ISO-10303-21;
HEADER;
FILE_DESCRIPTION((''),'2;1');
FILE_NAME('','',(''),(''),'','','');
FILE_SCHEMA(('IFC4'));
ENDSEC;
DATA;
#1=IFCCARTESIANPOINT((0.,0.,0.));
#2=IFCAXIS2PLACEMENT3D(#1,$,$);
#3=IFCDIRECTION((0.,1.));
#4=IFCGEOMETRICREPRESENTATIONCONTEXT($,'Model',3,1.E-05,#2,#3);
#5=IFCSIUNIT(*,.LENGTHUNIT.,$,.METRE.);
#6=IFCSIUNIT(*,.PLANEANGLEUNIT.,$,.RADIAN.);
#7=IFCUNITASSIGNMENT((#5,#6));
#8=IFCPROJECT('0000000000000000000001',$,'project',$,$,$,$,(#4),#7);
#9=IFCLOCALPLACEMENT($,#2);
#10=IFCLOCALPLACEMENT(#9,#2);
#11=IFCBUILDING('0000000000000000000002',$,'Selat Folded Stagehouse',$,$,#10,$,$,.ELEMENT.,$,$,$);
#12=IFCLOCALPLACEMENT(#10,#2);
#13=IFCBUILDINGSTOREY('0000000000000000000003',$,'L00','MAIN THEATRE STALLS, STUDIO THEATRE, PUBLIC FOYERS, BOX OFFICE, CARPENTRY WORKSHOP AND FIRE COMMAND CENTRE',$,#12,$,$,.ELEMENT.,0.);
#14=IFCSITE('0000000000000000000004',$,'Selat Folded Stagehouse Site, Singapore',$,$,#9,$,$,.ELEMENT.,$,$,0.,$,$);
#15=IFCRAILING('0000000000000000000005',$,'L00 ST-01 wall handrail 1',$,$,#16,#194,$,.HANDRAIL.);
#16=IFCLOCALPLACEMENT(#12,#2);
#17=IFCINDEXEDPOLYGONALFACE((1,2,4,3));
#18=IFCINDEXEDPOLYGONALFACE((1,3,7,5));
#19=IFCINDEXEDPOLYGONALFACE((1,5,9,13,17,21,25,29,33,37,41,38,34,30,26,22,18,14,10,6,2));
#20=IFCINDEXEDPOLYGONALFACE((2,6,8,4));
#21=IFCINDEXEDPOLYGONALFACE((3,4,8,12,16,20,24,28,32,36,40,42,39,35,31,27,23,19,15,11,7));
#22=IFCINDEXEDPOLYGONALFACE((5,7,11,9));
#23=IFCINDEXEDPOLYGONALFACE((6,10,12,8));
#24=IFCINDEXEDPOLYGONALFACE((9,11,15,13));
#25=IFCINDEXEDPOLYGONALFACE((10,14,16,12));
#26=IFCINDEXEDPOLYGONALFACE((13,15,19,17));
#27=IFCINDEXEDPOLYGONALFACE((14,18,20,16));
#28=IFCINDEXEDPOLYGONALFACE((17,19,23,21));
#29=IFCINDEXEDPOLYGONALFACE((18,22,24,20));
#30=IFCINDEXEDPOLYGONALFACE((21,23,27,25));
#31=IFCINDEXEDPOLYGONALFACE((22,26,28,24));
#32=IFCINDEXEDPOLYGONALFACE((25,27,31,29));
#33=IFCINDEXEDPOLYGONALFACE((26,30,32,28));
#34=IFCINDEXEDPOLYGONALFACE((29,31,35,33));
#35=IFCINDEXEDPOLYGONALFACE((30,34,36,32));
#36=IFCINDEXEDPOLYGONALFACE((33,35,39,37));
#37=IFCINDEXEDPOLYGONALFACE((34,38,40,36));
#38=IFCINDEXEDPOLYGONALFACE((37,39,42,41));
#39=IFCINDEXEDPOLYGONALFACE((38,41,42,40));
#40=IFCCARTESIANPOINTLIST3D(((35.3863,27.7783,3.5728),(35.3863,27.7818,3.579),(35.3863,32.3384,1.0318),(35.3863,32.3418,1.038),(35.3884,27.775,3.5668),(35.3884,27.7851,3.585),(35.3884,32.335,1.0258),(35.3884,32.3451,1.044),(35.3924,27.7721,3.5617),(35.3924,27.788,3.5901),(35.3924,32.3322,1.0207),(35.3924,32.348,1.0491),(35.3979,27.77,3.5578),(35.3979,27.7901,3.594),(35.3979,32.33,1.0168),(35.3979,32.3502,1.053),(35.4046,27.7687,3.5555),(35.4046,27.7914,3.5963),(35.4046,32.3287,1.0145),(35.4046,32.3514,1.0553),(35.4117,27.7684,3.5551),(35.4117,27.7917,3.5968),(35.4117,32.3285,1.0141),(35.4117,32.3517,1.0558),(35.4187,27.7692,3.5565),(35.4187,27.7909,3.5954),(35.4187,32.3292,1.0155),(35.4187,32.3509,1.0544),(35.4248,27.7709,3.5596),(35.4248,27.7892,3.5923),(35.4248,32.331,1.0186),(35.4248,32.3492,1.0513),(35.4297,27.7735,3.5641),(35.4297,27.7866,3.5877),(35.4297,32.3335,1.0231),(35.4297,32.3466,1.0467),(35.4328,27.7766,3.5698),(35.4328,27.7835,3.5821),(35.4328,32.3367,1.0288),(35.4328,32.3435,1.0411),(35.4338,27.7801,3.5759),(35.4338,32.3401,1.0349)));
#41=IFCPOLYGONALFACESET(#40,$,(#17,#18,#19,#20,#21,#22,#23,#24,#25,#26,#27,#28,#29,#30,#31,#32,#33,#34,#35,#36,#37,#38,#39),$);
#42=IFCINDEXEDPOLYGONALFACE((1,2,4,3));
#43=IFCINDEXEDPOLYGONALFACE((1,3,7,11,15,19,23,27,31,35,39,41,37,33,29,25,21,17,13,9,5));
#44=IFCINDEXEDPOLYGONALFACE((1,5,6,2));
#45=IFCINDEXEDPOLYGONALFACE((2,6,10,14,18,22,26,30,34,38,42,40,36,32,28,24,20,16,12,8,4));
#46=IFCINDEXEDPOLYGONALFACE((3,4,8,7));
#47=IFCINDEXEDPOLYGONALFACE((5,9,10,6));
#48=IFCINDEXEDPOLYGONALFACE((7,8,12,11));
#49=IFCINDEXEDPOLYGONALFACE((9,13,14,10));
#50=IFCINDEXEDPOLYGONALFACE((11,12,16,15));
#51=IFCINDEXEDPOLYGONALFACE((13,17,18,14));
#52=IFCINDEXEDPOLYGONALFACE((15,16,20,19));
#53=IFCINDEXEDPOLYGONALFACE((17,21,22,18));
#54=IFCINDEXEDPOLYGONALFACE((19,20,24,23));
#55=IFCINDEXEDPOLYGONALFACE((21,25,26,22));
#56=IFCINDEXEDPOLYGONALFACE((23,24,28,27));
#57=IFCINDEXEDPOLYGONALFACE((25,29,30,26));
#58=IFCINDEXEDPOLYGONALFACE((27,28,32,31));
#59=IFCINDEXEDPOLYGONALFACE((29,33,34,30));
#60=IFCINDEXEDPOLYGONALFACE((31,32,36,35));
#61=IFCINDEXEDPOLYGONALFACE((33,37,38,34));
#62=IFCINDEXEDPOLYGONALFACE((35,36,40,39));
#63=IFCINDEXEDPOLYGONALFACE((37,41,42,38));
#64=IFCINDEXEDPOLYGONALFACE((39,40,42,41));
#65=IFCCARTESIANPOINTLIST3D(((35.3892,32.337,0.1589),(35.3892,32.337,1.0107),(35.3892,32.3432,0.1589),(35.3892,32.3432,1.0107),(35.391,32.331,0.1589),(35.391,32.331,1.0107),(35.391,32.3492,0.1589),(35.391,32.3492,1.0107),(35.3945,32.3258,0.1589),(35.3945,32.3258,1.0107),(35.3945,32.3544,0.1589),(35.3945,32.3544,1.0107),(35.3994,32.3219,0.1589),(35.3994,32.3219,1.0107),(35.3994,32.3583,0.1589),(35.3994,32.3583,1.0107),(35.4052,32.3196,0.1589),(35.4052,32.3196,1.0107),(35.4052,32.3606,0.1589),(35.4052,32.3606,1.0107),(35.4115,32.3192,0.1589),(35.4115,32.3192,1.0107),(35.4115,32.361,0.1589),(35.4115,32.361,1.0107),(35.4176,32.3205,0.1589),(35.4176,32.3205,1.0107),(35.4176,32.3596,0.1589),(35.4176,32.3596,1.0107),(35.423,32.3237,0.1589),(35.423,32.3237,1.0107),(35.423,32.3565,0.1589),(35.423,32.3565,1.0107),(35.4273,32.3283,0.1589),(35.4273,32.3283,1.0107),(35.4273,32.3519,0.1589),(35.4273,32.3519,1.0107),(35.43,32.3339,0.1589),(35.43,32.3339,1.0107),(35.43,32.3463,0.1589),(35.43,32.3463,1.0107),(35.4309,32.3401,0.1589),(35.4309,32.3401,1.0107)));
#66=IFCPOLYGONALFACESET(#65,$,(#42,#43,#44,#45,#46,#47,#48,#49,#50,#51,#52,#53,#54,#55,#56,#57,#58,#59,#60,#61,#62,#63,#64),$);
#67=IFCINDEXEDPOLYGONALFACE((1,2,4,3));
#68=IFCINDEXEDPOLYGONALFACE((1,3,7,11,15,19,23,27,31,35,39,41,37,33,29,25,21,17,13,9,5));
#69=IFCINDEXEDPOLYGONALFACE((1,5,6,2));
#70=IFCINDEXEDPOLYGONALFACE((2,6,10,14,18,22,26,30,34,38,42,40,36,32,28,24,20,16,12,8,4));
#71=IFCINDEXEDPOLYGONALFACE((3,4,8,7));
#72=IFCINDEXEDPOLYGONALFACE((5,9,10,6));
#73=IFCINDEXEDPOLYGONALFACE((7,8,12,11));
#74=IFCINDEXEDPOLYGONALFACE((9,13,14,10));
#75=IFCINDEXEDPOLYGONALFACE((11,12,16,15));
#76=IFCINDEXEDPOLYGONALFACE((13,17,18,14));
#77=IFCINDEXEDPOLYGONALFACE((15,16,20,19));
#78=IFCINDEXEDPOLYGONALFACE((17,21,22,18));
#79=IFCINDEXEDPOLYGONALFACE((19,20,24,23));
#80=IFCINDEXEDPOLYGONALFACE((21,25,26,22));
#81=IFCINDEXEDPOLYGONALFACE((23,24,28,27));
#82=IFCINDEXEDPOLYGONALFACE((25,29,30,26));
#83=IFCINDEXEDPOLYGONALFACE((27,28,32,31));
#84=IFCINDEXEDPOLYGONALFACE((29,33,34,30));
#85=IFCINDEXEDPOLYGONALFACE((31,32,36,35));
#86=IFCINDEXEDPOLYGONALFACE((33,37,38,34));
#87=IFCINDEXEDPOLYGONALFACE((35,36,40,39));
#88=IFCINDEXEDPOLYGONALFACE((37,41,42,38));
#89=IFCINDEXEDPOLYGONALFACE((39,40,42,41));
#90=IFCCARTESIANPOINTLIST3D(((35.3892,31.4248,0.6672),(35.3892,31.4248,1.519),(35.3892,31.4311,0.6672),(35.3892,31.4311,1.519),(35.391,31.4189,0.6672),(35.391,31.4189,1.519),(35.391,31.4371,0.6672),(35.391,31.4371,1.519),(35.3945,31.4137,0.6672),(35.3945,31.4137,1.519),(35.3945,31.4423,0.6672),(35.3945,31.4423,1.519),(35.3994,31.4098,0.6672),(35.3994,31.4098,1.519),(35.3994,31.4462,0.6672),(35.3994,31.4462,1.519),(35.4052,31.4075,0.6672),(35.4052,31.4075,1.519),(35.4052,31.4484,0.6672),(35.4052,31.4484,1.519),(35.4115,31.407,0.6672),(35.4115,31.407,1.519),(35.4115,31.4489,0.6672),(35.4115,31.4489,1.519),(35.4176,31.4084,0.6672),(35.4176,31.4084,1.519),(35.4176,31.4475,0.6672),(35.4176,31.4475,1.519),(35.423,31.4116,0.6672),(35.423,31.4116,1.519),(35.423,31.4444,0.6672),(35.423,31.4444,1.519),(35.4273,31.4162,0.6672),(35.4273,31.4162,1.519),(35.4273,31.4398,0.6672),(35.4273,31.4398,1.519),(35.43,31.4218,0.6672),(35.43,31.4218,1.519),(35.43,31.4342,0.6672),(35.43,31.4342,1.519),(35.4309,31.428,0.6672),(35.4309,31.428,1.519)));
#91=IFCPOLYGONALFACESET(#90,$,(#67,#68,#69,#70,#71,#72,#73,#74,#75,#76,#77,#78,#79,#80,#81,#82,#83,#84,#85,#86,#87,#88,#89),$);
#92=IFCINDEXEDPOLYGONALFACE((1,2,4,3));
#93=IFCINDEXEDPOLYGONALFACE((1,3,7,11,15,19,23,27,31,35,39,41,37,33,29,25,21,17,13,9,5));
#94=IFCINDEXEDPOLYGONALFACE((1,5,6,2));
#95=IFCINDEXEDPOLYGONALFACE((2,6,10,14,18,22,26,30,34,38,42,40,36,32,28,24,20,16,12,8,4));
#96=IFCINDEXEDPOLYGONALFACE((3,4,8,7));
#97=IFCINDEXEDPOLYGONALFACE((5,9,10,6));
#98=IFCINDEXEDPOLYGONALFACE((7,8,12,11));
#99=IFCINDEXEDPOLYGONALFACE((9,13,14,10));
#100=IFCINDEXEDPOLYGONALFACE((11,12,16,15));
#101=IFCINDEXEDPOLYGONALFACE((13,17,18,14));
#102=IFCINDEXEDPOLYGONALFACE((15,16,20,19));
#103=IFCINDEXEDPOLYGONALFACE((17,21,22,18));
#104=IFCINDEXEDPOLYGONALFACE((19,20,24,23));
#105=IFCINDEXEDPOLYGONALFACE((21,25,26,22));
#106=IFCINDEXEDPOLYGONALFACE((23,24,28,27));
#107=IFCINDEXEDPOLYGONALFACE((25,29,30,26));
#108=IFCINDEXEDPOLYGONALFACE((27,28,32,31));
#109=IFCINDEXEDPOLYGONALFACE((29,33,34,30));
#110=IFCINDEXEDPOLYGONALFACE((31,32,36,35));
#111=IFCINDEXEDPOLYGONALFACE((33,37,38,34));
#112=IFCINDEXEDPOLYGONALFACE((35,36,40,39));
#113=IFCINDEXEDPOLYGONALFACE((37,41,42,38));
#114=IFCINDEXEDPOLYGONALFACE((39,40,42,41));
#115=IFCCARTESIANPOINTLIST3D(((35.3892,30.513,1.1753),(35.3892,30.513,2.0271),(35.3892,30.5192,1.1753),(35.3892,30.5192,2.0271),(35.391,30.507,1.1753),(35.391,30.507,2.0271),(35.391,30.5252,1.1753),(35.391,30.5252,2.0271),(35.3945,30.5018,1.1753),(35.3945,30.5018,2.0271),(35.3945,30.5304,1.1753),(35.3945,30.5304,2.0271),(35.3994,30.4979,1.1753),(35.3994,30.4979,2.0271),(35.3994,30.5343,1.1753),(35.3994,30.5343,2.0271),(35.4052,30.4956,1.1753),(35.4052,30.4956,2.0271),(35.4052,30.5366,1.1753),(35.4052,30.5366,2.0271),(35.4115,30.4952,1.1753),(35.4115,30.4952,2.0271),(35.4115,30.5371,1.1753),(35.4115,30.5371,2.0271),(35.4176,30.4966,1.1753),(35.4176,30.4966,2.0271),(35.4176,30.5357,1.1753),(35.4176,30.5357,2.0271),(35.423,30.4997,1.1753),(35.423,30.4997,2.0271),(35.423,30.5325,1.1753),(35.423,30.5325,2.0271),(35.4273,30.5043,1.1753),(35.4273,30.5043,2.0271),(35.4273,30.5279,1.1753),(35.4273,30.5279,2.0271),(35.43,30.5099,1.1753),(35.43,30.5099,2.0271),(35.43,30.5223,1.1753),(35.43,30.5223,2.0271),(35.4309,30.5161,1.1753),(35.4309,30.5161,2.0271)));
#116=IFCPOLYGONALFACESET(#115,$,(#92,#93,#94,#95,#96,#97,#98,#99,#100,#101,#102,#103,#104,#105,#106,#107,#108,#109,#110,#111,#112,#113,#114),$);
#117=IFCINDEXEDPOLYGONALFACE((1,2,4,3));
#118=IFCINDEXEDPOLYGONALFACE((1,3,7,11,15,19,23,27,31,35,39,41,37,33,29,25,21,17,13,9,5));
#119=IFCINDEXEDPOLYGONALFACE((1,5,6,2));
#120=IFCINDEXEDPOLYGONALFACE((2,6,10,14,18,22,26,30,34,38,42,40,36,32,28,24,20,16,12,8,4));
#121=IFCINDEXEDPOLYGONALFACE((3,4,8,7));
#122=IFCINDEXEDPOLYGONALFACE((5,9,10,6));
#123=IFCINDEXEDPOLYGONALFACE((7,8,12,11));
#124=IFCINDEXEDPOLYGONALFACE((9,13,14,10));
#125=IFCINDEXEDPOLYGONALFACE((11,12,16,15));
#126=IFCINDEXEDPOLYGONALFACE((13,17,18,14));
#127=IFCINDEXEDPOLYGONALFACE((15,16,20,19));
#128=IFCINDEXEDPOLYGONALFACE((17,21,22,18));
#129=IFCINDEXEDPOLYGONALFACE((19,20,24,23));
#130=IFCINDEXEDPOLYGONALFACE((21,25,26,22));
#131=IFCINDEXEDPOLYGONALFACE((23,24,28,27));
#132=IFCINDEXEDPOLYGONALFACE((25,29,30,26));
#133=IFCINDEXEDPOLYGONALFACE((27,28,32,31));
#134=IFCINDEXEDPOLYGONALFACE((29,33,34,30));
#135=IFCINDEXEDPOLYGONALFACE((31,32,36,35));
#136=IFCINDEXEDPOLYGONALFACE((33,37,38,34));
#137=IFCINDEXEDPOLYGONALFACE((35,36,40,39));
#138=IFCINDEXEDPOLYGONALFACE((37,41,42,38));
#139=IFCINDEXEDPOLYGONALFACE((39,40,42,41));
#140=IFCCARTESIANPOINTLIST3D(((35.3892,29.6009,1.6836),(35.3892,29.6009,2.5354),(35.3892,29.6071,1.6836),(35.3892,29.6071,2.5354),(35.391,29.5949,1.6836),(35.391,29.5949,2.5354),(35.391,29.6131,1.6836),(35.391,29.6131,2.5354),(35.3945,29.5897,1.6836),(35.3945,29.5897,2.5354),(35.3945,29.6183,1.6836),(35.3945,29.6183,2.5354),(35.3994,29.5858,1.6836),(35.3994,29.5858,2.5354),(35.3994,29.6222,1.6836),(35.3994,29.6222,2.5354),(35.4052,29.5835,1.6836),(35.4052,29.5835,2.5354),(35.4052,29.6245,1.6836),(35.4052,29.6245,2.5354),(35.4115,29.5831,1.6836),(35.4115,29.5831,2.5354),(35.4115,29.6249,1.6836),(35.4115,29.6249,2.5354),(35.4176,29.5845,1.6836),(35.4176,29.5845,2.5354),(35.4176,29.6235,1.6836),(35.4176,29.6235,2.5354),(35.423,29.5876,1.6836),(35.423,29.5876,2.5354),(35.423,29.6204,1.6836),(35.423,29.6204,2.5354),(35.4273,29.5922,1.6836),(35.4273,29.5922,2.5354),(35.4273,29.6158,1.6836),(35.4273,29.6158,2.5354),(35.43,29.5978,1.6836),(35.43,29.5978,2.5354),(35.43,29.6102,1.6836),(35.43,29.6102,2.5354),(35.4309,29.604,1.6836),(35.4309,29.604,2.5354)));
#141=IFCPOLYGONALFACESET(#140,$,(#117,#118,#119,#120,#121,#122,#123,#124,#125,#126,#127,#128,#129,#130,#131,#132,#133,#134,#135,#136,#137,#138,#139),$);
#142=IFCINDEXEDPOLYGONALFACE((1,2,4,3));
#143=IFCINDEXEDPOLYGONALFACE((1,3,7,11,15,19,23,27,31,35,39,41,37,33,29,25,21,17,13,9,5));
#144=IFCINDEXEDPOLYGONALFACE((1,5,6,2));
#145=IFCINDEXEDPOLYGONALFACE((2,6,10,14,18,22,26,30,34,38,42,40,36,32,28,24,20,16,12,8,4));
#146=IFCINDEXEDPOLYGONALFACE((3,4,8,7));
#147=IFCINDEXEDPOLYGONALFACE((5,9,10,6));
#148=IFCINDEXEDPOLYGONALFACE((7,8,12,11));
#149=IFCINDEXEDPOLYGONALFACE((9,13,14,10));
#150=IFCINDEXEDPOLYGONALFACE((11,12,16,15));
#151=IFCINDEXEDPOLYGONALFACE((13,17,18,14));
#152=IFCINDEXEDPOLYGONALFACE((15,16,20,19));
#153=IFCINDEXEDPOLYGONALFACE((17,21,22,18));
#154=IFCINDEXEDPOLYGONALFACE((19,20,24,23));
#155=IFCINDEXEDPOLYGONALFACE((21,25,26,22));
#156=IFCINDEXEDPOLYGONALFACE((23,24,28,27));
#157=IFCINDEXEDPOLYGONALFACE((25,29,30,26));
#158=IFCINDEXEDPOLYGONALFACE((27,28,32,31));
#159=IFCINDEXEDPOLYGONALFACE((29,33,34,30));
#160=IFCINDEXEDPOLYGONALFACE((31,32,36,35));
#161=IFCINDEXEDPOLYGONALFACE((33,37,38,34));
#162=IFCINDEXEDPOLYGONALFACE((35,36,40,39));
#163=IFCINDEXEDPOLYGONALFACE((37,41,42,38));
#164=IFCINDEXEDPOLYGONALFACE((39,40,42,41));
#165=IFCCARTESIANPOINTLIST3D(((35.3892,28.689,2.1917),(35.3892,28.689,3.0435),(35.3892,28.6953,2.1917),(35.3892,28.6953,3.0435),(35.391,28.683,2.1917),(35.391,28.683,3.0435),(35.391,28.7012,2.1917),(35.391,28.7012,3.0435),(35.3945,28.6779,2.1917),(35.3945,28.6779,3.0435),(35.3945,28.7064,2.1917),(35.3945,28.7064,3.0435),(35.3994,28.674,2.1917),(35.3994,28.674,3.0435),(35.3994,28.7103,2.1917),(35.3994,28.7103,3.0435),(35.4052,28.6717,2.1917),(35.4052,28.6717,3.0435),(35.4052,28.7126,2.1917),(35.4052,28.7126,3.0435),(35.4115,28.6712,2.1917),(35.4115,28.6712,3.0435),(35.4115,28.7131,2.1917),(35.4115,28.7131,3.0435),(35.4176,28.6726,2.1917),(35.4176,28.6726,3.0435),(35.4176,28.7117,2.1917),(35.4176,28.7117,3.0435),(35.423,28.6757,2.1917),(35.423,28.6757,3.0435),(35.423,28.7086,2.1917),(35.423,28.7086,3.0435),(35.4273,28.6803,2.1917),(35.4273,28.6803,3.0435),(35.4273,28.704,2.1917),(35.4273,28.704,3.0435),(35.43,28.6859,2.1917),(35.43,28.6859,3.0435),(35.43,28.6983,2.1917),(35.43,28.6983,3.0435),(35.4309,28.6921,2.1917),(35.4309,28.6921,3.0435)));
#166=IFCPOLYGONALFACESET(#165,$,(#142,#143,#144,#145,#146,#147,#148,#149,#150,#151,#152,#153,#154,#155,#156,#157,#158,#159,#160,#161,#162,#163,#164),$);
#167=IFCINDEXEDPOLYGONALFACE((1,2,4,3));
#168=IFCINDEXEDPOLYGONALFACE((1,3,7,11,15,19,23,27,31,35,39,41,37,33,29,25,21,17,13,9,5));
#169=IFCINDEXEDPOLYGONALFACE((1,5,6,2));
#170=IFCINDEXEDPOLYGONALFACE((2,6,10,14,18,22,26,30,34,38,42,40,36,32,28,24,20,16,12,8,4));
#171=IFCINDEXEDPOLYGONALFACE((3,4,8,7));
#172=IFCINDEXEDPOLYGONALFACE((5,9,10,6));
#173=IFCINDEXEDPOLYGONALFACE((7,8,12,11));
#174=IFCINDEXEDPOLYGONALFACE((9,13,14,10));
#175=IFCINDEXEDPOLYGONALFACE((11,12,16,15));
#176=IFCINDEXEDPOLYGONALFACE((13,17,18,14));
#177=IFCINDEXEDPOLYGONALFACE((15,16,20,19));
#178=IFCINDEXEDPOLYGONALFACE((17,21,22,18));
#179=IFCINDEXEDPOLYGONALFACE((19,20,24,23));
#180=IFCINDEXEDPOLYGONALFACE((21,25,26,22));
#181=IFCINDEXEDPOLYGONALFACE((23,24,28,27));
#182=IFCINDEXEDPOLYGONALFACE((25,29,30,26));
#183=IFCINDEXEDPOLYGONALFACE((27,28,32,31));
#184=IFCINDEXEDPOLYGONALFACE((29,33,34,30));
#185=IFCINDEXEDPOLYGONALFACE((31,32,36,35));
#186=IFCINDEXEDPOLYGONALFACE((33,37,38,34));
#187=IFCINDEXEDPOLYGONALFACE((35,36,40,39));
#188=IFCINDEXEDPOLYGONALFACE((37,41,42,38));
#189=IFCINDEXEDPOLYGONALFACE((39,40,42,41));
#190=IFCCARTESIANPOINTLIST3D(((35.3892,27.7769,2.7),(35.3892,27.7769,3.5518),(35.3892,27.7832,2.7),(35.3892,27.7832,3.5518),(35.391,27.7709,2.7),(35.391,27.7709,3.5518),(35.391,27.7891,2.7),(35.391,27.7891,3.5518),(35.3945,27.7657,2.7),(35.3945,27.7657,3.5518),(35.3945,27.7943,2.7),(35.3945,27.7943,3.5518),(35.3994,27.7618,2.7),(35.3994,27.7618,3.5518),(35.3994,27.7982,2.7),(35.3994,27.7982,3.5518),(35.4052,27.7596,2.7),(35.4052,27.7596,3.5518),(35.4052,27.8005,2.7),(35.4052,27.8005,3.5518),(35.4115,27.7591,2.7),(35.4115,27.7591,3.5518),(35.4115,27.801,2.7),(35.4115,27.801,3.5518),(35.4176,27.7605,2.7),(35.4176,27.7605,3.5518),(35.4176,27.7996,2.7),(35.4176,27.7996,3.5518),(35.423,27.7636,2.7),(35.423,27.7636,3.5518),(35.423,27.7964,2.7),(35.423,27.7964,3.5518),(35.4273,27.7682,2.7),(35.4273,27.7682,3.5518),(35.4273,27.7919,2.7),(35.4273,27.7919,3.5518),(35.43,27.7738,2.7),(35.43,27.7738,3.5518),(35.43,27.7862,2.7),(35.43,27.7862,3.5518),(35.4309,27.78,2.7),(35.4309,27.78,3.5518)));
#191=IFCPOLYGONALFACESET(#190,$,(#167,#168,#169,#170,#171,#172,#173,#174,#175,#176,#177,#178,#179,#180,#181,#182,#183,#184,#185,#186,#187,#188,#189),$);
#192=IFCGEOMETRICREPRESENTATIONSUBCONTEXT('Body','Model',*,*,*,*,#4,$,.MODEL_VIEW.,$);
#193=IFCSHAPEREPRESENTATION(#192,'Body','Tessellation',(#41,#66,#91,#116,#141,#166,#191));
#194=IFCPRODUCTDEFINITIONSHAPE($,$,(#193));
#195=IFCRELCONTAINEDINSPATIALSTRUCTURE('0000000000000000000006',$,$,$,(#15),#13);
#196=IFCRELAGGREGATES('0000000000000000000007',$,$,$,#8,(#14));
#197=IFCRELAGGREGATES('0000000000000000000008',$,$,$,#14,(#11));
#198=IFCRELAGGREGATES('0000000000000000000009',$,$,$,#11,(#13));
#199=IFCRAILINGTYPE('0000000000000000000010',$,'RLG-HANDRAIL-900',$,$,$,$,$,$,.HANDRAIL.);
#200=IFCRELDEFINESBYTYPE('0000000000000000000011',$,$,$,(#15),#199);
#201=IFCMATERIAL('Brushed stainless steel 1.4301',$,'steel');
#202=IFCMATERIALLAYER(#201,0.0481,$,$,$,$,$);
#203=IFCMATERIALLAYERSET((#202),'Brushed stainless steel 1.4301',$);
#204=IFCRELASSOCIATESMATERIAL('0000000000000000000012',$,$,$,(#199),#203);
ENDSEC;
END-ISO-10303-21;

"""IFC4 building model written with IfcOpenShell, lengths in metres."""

from ifc_helpers import new_model, si_unit, direction, frame, origin, origin_2d, place, context, subcontext, project, spatial, circle, extrude, material, layer, layer_set, type_object, element, save


model = new_model("IFC4")

# Units and contexts
model_context = context("Model", 3, precision=1e-05, world=origin(), true_north=direction((0.0, 1.0)))
body_context = subcontext(model_context, "Body", "Model", "MODEL_VIEW")
ifc_project = project(units=[si_unit("LENGTHUNIT", "METRE"), si_unit("PLANEANGLEUNIT", "RADIAN")], contexts=[model_context])

# Site, building, storey
site_placement = place(None, origin())
site = spatial("IfcSite", under=ifc_project, at=site_placement, Name="Selat Folded Stagehouse Site, Singapore", CompositionType="ELEMENT", RefElevation=0.0)
building_placement = place(site_placement, origin())
building = spatial("IfcBuilding", under=site, at=building_placement, Name="Selat Folded Stagehouse", CompositionType="ELEMENT")
storey_placement = place(building_placement, origin())
storey = spatial("IfcBuildingStorey", under=building, at=storey_placement, Name="L00", Description="MAIN THEATRE STALLS, STUDIO THEATRE, PUBLIC FOYERS, BOX OFFICE, CARPENTRY WORKSHOP AND FIRE COMMAND CENTRE", CompositionType="ELEMENT", Elevation=0.0)

# Railing
ifc_material_1 = material(Name="Brushed stainless steel 1.4301", Category="steel")
ifc_layer_1 = layer(ifc_material_1, 0.0481)
ifc_layer_set_1 = layer_set([ifc_layer_1], Name="Brushed stainless steel 1.4301")
railing_type_1 = type_object("IfcRailingType", Name="RLG-HANDRAIL-900", PredefinedType="HANDRAIL", material=ifc_layer_set_1)
railing_1_placement = place(storey_placement, frame((35.4099, 32.3401, 0.1589)))
element("IfcRailing", 1, at=railing_1_placement, inside=storey, type_object=railing_type_1, Name="L00 ST-01 wall handrail 1", PredefinedType="HANDRAIL", context=body_context, shape_type="SweptSolid", body=[
    extrude(circle(Radius=0.0239, at=origin_2d()), frame((0.0, 0.0, 0.876), z_axis=(0.0, -0.873534, 0.486762), x_axis=(1.0, 0.0, 0.0)), (0.0, 0.0, 1.0), 5.2202),
    extrude(circle(Radius=0.021, at=origin_2d()), origin(), (0.0, 0.0, 1.0), 0.8518),
    extrude(circle(Radius=0.021, at=origin_2d()), frame((0.0, -0.9121, 0.5083)), (0.0, 0.0, 1.0), 0.8518),
    extrude(circle(Radius=0.021, at=origin_2d()), frame((0.0, -1.824, 1.0164)), (0.0, 0.0, 1.0), 0.8518),
    extrude(circle(Radius=0.021, at=origin_2d()), frame((0.0, -2.7361, 1.5247)), (0.0, 0.0, 1.0), 0.8518),
    extrude(circle(Radius=0.021, at=origin_2d()), frame((0.0, -3.6479, 2.0327)), (0.0, 0.0, 1.0), 0.8518),
    extrude(circle(Radius=0.021, at=origin_2d()), frame((0.0, -4.5601, 2.541)), (0.0, 0.0, 1.0), 0.8518),
])

save(model, "model.ifc")
